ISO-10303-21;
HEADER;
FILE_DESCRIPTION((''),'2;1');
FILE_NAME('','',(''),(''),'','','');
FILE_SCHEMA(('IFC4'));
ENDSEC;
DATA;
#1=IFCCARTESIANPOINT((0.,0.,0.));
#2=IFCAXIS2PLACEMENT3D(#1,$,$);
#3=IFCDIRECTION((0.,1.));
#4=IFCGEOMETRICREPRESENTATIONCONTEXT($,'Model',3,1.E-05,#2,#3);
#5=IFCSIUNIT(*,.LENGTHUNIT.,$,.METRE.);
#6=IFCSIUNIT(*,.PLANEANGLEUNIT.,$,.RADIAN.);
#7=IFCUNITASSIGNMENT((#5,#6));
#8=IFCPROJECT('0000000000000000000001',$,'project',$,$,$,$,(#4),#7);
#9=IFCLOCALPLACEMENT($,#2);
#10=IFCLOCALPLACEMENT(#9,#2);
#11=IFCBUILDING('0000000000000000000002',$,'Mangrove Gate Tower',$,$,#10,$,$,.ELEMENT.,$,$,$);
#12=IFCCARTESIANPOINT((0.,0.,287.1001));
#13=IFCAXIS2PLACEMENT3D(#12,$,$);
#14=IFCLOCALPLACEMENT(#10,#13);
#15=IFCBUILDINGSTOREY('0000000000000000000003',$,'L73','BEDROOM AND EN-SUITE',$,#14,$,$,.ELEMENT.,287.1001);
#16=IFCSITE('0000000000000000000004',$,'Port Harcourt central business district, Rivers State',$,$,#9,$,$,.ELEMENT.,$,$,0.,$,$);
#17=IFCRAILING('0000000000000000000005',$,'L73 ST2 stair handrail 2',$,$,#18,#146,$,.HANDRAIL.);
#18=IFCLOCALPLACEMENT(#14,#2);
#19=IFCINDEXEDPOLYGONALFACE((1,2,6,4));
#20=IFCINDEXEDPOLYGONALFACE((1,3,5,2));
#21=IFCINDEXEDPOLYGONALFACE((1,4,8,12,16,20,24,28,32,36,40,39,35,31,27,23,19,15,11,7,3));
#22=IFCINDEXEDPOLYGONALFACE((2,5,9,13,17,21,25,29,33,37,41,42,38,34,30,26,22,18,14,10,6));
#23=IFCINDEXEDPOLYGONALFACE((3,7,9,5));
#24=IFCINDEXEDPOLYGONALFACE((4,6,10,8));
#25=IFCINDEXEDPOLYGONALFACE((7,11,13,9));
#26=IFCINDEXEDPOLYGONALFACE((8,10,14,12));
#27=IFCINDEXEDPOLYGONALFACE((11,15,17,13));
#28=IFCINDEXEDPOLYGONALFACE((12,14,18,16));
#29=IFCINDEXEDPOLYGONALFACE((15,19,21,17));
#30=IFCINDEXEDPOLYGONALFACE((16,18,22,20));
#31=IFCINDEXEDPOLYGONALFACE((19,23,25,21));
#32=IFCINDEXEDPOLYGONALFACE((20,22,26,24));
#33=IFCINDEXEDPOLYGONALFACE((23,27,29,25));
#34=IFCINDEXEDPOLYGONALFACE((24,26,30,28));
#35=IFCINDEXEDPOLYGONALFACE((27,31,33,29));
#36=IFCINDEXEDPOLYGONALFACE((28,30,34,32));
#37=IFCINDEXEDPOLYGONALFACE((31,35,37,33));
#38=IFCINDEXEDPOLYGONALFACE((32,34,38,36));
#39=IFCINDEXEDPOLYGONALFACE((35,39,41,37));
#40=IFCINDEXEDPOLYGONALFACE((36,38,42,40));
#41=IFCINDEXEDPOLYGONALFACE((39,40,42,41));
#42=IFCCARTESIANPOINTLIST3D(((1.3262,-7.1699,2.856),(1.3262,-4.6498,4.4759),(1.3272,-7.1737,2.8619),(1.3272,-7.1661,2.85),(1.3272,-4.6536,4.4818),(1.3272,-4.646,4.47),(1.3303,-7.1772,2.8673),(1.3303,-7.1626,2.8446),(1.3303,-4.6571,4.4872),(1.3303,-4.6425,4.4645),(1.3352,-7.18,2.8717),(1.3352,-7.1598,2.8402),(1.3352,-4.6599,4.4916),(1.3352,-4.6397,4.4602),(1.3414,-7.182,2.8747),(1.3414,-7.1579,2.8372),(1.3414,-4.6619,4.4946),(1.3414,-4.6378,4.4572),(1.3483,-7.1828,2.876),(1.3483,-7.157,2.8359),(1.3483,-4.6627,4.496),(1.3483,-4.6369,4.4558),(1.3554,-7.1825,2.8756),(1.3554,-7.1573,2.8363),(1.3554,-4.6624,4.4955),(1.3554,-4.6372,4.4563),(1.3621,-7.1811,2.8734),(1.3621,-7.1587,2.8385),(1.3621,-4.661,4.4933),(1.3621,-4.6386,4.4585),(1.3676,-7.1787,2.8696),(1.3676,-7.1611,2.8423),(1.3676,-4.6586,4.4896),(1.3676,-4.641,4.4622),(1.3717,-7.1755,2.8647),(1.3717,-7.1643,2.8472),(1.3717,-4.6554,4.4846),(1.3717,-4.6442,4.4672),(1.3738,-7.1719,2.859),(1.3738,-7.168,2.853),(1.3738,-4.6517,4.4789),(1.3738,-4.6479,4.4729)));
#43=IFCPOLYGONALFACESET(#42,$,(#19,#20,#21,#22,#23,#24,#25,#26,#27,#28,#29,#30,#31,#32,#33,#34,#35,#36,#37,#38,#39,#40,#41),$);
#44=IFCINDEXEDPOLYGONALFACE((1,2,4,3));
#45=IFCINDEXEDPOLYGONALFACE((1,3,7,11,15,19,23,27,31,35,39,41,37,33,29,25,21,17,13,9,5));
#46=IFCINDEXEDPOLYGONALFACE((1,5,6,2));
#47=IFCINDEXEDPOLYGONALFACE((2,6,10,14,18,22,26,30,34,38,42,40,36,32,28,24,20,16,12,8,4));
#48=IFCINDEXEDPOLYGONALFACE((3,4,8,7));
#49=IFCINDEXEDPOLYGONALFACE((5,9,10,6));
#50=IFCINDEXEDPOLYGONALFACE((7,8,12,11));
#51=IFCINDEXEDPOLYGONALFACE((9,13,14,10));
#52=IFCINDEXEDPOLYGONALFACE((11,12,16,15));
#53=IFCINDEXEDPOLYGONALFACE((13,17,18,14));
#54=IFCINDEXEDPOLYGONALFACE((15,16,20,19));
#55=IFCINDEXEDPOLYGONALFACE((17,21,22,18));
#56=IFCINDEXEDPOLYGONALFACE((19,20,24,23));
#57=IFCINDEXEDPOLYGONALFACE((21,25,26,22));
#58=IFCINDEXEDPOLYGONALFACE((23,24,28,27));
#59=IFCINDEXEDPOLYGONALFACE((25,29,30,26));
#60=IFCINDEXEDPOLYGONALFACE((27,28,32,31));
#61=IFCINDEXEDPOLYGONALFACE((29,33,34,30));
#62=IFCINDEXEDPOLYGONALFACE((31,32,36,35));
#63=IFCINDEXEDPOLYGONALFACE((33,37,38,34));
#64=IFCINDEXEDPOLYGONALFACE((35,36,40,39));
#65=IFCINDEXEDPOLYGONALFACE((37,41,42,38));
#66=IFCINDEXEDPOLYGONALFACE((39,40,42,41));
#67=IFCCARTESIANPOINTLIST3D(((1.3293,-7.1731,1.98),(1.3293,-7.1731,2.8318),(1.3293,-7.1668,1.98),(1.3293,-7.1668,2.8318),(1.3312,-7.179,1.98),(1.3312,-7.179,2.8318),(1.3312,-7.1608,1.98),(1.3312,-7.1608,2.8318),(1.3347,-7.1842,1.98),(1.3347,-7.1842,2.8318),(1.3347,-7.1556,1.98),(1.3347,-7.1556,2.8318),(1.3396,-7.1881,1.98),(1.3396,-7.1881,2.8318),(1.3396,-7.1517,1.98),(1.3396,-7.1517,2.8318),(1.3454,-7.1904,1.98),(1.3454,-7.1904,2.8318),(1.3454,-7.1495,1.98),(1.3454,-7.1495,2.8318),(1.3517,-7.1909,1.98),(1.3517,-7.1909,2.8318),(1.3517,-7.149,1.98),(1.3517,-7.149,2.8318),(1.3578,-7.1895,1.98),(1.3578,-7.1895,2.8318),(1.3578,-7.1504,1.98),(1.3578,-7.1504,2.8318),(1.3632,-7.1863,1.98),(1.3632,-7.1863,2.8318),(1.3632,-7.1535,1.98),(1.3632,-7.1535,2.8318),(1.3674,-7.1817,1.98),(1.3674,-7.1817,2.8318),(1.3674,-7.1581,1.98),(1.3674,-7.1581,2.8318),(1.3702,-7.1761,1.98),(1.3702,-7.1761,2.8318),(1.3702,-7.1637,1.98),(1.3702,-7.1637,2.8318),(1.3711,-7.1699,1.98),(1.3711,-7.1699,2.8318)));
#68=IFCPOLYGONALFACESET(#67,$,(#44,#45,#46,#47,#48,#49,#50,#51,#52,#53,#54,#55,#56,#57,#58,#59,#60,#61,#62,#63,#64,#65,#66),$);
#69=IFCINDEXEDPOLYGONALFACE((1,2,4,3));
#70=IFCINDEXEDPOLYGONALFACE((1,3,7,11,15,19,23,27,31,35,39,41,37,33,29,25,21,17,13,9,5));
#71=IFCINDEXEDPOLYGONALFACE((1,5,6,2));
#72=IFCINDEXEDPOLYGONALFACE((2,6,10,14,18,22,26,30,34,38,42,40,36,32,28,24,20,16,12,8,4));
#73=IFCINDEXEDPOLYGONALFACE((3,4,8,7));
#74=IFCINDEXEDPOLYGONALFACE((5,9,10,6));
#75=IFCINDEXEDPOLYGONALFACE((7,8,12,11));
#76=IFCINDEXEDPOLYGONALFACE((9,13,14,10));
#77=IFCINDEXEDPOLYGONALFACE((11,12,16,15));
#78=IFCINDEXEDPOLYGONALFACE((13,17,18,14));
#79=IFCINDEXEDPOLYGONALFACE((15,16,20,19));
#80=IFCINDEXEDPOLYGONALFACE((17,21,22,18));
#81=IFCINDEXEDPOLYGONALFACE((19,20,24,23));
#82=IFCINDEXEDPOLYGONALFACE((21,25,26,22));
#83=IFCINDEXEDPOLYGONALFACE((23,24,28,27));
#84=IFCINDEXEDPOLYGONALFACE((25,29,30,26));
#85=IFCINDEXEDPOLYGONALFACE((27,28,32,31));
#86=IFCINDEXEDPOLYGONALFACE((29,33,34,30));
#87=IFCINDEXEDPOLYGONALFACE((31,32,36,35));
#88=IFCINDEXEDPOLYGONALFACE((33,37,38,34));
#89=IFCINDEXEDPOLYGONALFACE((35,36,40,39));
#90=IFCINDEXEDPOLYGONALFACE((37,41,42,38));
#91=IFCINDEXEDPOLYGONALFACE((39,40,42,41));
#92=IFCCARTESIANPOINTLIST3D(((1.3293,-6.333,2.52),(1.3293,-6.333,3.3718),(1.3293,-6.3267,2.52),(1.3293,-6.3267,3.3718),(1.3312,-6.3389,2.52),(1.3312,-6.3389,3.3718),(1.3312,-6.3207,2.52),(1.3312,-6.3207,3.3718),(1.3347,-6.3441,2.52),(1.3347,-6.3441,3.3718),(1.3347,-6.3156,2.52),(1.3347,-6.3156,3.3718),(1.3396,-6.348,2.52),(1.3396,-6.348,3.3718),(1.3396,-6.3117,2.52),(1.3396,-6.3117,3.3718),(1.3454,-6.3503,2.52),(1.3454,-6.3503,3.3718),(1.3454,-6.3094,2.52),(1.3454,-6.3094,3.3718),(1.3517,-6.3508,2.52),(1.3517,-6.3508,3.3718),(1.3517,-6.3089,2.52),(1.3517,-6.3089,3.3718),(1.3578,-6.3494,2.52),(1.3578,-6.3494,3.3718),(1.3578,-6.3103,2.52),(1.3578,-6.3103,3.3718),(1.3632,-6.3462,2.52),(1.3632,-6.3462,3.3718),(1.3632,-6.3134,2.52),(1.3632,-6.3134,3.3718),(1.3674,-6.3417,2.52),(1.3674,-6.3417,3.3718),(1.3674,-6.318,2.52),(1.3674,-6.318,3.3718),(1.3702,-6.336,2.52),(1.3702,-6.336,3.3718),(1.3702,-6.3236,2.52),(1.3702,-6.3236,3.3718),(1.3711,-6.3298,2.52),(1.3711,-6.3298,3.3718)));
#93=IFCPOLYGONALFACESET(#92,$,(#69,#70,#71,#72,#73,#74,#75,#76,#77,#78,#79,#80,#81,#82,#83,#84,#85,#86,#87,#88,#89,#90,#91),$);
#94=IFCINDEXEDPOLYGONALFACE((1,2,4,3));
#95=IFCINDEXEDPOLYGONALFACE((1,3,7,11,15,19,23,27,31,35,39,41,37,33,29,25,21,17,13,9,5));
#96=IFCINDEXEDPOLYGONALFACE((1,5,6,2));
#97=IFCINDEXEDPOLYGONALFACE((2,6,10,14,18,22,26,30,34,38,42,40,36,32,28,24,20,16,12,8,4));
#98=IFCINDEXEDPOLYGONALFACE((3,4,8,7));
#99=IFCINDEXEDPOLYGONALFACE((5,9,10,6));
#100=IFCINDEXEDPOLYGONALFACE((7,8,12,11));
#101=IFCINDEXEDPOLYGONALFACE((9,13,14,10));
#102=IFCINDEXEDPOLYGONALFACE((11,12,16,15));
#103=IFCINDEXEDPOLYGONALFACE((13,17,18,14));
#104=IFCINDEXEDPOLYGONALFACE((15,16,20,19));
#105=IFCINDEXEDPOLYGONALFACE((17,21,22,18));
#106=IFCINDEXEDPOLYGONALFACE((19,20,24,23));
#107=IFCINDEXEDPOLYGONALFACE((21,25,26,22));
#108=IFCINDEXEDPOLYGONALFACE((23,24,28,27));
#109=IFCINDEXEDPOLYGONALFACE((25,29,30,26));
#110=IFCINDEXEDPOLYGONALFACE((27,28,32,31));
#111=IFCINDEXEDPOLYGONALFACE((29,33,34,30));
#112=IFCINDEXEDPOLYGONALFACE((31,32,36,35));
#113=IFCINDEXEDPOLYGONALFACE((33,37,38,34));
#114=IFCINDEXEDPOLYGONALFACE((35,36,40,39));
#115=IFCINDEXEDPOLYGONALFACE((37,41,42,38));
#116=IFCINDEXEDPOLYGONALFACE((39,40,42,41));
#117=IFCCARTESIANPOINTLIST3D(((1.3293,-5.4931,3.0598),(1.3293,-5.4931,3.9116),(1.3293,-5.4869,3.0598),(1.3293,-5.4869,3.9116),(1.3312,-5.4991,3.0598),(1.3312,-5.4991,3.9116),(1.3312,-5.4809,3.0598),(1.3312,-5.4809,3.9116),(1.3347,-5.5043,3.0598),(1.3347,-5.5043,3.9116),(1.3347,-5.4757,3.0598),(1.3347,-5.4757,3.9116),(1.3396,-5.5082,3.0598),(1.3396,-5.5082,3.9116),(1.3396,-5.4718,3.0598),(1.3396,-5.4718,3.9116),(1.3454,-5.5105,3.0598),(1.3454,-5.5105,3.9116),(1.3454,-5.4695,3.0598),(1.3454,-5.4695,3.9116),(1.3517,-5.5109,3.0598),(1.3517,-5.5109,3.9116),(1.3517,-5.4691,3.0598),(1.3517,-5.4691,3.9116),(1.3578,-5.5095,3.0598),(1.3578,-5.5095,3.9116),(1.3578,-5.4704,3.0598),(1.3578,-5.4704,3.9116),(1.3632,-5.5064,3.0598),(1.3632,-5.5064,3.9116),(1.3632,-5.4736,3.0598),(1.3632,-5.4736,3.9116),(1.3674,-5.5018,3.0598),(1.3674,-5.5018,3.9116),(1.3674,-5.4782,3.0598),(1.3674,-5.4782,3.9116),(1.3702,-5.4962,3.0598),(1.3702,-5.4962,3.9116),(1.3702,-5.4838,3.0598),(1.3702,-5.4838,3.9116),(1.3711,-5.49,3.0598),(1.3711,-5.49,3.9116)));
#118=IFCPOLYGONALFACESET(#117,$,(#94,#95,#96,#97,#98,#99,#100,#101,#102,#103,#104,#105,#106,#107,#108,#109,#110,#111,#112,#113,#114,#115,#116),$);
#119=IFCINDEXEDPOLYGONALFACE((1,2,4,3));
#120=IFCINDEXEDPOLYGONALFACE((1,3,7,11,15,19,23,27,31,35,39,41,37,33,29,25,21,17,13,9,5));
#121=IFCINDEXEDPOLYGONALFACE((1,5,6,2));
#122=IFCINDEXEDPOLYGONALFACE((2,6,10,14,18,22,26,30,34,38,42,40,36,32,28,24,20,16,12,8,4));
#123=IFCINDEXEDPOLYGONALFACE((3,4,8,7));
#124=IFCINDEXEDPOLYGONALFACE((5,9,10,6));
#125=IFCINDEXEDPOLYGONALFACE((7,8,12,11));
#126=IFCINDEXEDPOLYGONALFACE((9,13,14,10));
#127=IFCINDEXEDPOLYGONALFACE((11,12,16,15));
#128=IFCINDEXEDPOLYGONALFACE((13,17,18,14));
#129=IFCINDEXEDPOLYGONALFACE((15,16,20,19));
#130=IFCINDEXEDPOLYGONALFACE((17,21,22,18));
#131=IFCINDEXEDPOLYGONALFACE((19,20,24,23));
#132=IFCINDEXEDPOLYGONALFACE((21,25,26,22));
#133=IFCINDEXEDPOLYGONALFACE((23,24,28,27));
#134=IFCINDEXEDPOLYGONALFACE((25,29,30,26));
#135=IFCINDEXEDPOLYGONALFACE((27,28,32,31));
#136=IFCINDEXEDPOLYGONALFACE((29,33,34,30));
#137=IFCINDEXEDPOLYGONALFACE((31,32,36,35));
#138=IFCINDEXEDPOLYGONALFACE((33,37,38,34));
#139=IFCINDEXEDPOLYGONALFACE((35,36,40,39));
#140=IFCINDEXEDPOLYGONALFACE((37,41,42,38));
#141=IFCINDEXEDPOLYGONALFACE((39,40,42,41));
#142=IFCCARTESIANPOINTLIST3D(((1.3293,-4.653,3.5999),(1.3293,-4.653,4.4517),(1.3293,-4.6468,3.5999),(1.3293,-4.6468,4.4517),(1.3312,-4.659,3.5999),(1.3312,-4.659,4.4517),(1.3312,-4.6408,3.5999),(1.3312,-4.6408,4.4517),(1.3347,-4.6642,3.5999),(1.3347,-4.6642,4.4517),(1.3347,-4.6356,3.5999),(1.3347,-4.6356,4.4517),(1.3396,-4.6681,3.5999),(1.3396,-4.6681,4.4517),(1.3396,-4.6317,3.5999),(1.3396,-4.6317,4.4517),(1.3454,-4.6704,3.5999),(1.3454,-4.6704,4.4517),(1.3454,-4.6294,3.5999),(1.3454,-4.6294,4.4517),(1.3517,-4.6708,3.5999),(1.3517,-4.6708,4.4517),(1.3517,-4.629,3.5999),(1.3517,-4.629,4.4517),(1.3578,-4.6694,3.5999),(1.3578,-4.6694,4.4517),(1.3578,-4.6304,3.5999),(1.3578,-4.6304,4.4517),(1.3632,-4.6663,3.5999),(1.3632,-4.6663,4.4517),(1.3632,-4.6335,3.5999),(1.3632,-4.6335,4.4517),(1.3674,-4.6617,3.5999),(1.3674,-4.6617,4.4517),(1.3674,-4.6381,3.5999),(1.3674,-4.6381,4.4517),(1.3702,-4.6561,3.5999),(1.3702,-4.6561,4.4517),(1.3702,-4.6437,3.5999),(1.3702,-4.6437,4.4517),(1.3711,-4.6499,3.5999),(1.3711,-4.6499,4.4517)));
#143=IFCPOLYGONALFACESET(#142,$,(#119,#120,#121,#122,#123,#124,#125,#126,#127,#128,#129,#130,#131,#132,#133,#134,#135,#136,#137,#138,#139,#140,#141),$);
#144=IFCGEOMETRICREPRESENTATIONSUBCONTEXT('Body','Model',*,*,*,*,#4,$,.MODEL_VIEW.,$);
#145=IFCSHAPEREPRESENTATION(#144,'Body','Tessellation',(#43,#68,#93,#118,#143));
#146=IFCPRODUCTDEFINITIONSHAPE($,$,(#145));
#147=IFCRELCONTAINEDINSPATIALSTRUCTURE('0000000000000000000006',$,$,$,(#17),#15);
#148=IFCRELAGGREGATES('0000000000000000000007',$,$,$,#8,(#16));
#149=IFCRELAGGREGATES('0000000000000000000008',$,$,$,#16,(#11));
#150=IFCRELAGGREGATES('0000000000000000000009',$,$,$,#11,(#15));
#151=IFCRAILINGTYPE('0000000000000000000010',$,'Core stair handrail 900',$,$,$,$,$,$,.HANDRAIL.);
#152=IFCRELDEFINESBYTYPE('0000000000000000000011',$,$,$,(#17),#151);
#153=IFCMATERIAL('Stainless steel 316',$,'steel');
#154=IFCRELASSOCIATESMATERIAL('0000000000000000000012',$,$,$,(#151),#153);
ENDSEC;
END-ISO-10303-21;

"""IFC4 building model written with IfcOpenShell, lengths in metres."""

from ifc_helpers import new_model, si_unit, direction, frame, origin, origin_2d, place, context, subcontext, project, spatial, circle, extrude, material, type_object, element, save


model = new_model("IFC4")

# Units and contexts
model_context = context("Model", 3, precision=1e-05, world=origin(), true_north=direction((0.0, 1.0)))
body_context = subcontext(model_context, "Body", "Model", "MODEL_VIEW")
ifc_project = project(units=[si_unit("LENGTHUNIT", "METRE"), si_unit("PLANEANGLEUNIT", "RADIAN")], contexts=[model_context])

# Site, building, storey
site_placement = place(None, origin())
site = spatial("IfcSite", under=ifc_project, at=site_placement, Name="Port Harcourt central business district, Rivers State", CompositionType="ELEMENT", RefElevation=0.0)
building_placement = place(site_placement, origin())
building = spatial("IfcBuilding", under=site, at=building_placement, Name="Mangrove Gate Tower", CompositionType="ELEMENT")
storey_placement = place(building_placement, frame((0.0, 0.0, 287.1001)))
storey = spatial("IfcBuildingStorey", under=building, at=storey_placement, Name="L73", Description="BEDROOM AND EN-SUITE", CompositionType="ELEMENT", Elevation=287.1001)

# Railing
ifc_material_1 = material(Name="Stainless steel 316", Category="steel")
railing_type_1 = type_object("IfcRailingType", Name="Core stair handrail 900", PredefinedType="HANDRAIL", material=ifc_material_1)
railing_1_placement = place(storey_placement, frame((1.3501, -7.1699, 1.98)))
element("IfcRailing", 1, at=railing_1_placement, inside=storey, type_object=railing_type_1, Name="L73 ST2 stair handrail 2", PredefinedType="HANDRAIL", context=body_context, shape_type="SweptSolid", body=[
    extrude(circle(Radius=0.0239, at=origin_2d()), frame((0.0, 0.0, 0.876), z_axis=(0.0, 0.8412, 0.540725), x_axis=(-1.0, 0.0, 0.0)), (0.0, 0.0, 1.0), 2.9958),
    extrude(circle(Radius=0.021, at=origin_2d()), origin(), (0.0, 0.0, 1.0), 0.8518),
    extrude(circle(Radius=0.021, at=origin_2d()), frame((0.0, 0.8401, 0.54)), (0.0, 0.0, 1.0), 0.8518),
    extrude(circle(Radius=0.021, at=origin_2d()), frame((0.0, 1.6799, 1.0798)), (0.0, 0.0, 1.0), 0.8518),
    extrude(circle(Radius=0.021, at=origin_2d()), frame((0.0, 2.52, 1.6199)), (0.0, 0.0, 1.0), 0.8518),
])

save(model, "model.ifc")
